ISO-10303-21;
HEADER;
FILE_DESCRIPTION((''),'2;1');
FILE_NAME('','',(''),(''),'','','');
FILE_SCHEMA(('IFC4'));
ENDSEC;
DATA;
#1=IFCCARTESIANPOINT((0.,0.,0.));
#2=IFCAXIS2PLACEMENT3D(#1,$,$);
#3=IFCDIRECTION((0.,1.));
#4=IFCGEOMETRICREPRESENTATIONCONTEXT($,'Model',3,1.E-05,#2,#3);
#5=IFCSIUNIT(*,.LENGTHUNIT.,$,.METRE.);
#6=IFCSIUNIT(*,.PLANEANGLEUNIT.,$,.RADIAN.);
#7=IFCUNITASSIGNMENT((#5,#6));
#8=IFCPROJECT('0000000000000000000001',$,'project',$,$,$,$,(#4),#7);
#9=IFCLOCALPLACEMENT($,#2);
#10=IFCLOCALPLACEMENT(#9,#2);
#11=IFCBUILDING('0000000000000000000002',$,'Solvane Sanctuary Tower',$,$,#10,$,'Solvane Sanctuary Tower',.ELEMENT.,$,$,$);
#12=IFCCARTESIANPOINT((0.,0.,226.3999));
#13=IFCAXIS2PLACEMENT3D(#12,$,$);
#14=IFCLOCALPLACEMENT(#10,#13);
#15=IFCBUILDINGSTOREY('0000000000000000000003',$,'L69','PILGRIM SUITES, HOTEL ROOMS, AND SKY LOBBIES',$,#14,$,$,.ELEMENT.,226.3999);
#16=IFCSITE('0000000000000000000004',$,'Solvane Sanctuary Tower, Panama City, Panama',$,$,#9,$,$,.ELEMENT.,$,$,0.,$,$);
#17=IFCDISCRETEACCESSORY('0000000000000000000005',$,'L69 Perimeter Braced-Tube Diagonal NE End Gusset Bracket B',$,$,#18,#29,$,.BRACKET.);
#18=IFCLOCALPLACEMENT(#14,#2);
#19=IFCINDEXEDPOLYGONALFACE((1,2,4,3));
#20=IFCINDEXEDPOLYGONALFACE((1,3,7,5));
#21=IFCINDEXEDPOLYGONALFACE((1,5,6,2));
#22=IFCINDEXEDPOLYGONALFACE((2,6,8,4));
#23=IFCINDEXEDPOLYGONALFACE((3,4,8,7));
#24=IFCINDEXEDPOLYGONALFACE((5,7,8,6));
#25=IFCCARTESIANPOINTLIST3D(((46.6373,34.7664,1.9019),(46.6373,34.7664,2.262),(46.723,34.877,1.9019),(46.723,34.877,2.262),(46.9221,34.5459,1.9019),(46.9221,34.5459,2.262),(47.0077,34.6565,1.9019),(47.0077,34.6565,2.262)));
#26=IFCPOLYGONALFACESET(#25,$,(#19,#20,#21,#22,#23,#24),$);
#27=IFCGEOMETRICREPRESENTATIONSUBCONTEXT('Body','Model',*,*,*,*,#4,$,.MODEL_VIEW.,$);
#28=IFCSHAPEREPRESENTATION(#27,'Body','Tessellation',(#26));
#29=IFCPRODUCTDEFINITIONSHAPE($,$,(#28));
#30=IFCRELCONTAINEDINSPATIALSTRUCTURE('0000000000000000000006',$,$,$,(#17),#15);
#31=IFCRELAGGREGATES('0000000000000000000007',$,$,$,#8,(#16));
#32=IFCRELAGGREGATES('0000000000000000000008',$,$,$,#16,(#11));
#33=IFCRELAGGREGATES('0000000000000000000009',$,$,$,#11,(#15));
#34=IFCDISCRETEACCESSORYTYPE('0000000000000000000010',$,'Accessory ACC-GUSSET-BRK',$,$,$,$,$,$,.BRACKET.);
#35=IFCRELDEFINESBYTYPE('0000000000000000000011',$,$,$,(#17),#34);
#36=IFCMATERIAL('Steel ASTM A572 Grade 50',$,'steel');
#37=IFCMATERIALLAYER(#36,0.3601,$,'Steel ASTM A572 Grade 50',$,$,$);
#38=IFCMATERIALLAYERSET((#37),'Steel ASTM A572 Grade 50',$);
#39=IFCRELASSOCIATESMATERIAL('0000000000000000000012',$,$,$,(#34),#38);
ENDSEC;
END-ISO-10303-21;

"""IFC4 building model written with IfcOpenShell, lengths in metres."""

from ifc_helpers import new_model, si_unit, direction, frame, origin, origin_2d, place, context, subcontext, project, spatial, rectangle, extrude, material, layer, layer_set, type_object, element, save


model = new_model("IFC4")

# Units and contexts
model_context = context("Model", 3, precision=1e-05, world=origin(), true_north=direction((0.0, 1.0)))
body_context = subcontext(model_context, "Body", "Model", "MODEL_VIEW")
ifc_project = project(units=[si_unit("LENGTHUNIT", "METRE"), si_unit("PLANEANGLEUNIT", "RADIAN")], contexts=[model_context])

# Site, building, storey
site_placement = place(None, origin())
site = spatial("IfcSite", under=ifc_project, at=site_placement, Name="Solvane Sanctuary Tower, Panama City, Panama", CompositionType="ELEMENT", RefElevation=0.0)
building_placement = place(site_placement, origin())
building = spatial("IfcBuilding", under=site, at=building_placement, Name="Solvane Sanctuary Tower", LongName="Solvane Sanctuary Tower", CompositionType="ELEMENT")
storey_placement = place(building_placement, frame((0.0, 0.0, 226.3999)))
storey = spatial("IfcBuildingStorey", under=building, at=storey_placement, Name="L69", Description="PILGRIM SUITES, HOTEL ROOMS, AND SKY LOBBIES", CompositionType="ELEMENT", Elevation=226.3999)

# Discrete accessory
ifc_material_1 = material(Name="Steel ASTM A572 Grade 50", Category="steel")
ifc_layer_1 = layer(ifc_material_1, 0.3601, Name="Steel ASTM A572 Grade 50")
ifc_layer_set_1 = layer_set([ifc_layer_1], Name="Steel ASTM A572 Grade 50")
discrete_accessory_type = type_object("IfcDiscreteAccessoryType", Name="Accessory ACC-GUSSET-BRK", PredefinedType="BRACKET", material=ifc_layer_set_1)
for number, where, z_axis, x_axis, name in (
    (1, (46.8225, 34.7114, 1.9019), (0.0, 0.0, 1.0), (0.79069, -0.612217, 0.0), "L69 Perimeter Braced-Tube Diagonal NE End Gusset Bracket B"),
):
    element("IfcDiscreteAccessory", number, at=place(storey_placement, frame(where, z_axis=z_axis, x_axis=x_axis)), inside=storey, type_object=discrete_accessory_type, Name=name, PredefinedType="BRACKET", context=body_context, shape_type="SweptSolid", body=[
        extrude(rectangle(XDim=0.3601, YDim=0.1399, at=origin_2d()), origin(), (0.0, 0.0, 1.0), 0.3601),
    ])

save(model, "model.ifc")
